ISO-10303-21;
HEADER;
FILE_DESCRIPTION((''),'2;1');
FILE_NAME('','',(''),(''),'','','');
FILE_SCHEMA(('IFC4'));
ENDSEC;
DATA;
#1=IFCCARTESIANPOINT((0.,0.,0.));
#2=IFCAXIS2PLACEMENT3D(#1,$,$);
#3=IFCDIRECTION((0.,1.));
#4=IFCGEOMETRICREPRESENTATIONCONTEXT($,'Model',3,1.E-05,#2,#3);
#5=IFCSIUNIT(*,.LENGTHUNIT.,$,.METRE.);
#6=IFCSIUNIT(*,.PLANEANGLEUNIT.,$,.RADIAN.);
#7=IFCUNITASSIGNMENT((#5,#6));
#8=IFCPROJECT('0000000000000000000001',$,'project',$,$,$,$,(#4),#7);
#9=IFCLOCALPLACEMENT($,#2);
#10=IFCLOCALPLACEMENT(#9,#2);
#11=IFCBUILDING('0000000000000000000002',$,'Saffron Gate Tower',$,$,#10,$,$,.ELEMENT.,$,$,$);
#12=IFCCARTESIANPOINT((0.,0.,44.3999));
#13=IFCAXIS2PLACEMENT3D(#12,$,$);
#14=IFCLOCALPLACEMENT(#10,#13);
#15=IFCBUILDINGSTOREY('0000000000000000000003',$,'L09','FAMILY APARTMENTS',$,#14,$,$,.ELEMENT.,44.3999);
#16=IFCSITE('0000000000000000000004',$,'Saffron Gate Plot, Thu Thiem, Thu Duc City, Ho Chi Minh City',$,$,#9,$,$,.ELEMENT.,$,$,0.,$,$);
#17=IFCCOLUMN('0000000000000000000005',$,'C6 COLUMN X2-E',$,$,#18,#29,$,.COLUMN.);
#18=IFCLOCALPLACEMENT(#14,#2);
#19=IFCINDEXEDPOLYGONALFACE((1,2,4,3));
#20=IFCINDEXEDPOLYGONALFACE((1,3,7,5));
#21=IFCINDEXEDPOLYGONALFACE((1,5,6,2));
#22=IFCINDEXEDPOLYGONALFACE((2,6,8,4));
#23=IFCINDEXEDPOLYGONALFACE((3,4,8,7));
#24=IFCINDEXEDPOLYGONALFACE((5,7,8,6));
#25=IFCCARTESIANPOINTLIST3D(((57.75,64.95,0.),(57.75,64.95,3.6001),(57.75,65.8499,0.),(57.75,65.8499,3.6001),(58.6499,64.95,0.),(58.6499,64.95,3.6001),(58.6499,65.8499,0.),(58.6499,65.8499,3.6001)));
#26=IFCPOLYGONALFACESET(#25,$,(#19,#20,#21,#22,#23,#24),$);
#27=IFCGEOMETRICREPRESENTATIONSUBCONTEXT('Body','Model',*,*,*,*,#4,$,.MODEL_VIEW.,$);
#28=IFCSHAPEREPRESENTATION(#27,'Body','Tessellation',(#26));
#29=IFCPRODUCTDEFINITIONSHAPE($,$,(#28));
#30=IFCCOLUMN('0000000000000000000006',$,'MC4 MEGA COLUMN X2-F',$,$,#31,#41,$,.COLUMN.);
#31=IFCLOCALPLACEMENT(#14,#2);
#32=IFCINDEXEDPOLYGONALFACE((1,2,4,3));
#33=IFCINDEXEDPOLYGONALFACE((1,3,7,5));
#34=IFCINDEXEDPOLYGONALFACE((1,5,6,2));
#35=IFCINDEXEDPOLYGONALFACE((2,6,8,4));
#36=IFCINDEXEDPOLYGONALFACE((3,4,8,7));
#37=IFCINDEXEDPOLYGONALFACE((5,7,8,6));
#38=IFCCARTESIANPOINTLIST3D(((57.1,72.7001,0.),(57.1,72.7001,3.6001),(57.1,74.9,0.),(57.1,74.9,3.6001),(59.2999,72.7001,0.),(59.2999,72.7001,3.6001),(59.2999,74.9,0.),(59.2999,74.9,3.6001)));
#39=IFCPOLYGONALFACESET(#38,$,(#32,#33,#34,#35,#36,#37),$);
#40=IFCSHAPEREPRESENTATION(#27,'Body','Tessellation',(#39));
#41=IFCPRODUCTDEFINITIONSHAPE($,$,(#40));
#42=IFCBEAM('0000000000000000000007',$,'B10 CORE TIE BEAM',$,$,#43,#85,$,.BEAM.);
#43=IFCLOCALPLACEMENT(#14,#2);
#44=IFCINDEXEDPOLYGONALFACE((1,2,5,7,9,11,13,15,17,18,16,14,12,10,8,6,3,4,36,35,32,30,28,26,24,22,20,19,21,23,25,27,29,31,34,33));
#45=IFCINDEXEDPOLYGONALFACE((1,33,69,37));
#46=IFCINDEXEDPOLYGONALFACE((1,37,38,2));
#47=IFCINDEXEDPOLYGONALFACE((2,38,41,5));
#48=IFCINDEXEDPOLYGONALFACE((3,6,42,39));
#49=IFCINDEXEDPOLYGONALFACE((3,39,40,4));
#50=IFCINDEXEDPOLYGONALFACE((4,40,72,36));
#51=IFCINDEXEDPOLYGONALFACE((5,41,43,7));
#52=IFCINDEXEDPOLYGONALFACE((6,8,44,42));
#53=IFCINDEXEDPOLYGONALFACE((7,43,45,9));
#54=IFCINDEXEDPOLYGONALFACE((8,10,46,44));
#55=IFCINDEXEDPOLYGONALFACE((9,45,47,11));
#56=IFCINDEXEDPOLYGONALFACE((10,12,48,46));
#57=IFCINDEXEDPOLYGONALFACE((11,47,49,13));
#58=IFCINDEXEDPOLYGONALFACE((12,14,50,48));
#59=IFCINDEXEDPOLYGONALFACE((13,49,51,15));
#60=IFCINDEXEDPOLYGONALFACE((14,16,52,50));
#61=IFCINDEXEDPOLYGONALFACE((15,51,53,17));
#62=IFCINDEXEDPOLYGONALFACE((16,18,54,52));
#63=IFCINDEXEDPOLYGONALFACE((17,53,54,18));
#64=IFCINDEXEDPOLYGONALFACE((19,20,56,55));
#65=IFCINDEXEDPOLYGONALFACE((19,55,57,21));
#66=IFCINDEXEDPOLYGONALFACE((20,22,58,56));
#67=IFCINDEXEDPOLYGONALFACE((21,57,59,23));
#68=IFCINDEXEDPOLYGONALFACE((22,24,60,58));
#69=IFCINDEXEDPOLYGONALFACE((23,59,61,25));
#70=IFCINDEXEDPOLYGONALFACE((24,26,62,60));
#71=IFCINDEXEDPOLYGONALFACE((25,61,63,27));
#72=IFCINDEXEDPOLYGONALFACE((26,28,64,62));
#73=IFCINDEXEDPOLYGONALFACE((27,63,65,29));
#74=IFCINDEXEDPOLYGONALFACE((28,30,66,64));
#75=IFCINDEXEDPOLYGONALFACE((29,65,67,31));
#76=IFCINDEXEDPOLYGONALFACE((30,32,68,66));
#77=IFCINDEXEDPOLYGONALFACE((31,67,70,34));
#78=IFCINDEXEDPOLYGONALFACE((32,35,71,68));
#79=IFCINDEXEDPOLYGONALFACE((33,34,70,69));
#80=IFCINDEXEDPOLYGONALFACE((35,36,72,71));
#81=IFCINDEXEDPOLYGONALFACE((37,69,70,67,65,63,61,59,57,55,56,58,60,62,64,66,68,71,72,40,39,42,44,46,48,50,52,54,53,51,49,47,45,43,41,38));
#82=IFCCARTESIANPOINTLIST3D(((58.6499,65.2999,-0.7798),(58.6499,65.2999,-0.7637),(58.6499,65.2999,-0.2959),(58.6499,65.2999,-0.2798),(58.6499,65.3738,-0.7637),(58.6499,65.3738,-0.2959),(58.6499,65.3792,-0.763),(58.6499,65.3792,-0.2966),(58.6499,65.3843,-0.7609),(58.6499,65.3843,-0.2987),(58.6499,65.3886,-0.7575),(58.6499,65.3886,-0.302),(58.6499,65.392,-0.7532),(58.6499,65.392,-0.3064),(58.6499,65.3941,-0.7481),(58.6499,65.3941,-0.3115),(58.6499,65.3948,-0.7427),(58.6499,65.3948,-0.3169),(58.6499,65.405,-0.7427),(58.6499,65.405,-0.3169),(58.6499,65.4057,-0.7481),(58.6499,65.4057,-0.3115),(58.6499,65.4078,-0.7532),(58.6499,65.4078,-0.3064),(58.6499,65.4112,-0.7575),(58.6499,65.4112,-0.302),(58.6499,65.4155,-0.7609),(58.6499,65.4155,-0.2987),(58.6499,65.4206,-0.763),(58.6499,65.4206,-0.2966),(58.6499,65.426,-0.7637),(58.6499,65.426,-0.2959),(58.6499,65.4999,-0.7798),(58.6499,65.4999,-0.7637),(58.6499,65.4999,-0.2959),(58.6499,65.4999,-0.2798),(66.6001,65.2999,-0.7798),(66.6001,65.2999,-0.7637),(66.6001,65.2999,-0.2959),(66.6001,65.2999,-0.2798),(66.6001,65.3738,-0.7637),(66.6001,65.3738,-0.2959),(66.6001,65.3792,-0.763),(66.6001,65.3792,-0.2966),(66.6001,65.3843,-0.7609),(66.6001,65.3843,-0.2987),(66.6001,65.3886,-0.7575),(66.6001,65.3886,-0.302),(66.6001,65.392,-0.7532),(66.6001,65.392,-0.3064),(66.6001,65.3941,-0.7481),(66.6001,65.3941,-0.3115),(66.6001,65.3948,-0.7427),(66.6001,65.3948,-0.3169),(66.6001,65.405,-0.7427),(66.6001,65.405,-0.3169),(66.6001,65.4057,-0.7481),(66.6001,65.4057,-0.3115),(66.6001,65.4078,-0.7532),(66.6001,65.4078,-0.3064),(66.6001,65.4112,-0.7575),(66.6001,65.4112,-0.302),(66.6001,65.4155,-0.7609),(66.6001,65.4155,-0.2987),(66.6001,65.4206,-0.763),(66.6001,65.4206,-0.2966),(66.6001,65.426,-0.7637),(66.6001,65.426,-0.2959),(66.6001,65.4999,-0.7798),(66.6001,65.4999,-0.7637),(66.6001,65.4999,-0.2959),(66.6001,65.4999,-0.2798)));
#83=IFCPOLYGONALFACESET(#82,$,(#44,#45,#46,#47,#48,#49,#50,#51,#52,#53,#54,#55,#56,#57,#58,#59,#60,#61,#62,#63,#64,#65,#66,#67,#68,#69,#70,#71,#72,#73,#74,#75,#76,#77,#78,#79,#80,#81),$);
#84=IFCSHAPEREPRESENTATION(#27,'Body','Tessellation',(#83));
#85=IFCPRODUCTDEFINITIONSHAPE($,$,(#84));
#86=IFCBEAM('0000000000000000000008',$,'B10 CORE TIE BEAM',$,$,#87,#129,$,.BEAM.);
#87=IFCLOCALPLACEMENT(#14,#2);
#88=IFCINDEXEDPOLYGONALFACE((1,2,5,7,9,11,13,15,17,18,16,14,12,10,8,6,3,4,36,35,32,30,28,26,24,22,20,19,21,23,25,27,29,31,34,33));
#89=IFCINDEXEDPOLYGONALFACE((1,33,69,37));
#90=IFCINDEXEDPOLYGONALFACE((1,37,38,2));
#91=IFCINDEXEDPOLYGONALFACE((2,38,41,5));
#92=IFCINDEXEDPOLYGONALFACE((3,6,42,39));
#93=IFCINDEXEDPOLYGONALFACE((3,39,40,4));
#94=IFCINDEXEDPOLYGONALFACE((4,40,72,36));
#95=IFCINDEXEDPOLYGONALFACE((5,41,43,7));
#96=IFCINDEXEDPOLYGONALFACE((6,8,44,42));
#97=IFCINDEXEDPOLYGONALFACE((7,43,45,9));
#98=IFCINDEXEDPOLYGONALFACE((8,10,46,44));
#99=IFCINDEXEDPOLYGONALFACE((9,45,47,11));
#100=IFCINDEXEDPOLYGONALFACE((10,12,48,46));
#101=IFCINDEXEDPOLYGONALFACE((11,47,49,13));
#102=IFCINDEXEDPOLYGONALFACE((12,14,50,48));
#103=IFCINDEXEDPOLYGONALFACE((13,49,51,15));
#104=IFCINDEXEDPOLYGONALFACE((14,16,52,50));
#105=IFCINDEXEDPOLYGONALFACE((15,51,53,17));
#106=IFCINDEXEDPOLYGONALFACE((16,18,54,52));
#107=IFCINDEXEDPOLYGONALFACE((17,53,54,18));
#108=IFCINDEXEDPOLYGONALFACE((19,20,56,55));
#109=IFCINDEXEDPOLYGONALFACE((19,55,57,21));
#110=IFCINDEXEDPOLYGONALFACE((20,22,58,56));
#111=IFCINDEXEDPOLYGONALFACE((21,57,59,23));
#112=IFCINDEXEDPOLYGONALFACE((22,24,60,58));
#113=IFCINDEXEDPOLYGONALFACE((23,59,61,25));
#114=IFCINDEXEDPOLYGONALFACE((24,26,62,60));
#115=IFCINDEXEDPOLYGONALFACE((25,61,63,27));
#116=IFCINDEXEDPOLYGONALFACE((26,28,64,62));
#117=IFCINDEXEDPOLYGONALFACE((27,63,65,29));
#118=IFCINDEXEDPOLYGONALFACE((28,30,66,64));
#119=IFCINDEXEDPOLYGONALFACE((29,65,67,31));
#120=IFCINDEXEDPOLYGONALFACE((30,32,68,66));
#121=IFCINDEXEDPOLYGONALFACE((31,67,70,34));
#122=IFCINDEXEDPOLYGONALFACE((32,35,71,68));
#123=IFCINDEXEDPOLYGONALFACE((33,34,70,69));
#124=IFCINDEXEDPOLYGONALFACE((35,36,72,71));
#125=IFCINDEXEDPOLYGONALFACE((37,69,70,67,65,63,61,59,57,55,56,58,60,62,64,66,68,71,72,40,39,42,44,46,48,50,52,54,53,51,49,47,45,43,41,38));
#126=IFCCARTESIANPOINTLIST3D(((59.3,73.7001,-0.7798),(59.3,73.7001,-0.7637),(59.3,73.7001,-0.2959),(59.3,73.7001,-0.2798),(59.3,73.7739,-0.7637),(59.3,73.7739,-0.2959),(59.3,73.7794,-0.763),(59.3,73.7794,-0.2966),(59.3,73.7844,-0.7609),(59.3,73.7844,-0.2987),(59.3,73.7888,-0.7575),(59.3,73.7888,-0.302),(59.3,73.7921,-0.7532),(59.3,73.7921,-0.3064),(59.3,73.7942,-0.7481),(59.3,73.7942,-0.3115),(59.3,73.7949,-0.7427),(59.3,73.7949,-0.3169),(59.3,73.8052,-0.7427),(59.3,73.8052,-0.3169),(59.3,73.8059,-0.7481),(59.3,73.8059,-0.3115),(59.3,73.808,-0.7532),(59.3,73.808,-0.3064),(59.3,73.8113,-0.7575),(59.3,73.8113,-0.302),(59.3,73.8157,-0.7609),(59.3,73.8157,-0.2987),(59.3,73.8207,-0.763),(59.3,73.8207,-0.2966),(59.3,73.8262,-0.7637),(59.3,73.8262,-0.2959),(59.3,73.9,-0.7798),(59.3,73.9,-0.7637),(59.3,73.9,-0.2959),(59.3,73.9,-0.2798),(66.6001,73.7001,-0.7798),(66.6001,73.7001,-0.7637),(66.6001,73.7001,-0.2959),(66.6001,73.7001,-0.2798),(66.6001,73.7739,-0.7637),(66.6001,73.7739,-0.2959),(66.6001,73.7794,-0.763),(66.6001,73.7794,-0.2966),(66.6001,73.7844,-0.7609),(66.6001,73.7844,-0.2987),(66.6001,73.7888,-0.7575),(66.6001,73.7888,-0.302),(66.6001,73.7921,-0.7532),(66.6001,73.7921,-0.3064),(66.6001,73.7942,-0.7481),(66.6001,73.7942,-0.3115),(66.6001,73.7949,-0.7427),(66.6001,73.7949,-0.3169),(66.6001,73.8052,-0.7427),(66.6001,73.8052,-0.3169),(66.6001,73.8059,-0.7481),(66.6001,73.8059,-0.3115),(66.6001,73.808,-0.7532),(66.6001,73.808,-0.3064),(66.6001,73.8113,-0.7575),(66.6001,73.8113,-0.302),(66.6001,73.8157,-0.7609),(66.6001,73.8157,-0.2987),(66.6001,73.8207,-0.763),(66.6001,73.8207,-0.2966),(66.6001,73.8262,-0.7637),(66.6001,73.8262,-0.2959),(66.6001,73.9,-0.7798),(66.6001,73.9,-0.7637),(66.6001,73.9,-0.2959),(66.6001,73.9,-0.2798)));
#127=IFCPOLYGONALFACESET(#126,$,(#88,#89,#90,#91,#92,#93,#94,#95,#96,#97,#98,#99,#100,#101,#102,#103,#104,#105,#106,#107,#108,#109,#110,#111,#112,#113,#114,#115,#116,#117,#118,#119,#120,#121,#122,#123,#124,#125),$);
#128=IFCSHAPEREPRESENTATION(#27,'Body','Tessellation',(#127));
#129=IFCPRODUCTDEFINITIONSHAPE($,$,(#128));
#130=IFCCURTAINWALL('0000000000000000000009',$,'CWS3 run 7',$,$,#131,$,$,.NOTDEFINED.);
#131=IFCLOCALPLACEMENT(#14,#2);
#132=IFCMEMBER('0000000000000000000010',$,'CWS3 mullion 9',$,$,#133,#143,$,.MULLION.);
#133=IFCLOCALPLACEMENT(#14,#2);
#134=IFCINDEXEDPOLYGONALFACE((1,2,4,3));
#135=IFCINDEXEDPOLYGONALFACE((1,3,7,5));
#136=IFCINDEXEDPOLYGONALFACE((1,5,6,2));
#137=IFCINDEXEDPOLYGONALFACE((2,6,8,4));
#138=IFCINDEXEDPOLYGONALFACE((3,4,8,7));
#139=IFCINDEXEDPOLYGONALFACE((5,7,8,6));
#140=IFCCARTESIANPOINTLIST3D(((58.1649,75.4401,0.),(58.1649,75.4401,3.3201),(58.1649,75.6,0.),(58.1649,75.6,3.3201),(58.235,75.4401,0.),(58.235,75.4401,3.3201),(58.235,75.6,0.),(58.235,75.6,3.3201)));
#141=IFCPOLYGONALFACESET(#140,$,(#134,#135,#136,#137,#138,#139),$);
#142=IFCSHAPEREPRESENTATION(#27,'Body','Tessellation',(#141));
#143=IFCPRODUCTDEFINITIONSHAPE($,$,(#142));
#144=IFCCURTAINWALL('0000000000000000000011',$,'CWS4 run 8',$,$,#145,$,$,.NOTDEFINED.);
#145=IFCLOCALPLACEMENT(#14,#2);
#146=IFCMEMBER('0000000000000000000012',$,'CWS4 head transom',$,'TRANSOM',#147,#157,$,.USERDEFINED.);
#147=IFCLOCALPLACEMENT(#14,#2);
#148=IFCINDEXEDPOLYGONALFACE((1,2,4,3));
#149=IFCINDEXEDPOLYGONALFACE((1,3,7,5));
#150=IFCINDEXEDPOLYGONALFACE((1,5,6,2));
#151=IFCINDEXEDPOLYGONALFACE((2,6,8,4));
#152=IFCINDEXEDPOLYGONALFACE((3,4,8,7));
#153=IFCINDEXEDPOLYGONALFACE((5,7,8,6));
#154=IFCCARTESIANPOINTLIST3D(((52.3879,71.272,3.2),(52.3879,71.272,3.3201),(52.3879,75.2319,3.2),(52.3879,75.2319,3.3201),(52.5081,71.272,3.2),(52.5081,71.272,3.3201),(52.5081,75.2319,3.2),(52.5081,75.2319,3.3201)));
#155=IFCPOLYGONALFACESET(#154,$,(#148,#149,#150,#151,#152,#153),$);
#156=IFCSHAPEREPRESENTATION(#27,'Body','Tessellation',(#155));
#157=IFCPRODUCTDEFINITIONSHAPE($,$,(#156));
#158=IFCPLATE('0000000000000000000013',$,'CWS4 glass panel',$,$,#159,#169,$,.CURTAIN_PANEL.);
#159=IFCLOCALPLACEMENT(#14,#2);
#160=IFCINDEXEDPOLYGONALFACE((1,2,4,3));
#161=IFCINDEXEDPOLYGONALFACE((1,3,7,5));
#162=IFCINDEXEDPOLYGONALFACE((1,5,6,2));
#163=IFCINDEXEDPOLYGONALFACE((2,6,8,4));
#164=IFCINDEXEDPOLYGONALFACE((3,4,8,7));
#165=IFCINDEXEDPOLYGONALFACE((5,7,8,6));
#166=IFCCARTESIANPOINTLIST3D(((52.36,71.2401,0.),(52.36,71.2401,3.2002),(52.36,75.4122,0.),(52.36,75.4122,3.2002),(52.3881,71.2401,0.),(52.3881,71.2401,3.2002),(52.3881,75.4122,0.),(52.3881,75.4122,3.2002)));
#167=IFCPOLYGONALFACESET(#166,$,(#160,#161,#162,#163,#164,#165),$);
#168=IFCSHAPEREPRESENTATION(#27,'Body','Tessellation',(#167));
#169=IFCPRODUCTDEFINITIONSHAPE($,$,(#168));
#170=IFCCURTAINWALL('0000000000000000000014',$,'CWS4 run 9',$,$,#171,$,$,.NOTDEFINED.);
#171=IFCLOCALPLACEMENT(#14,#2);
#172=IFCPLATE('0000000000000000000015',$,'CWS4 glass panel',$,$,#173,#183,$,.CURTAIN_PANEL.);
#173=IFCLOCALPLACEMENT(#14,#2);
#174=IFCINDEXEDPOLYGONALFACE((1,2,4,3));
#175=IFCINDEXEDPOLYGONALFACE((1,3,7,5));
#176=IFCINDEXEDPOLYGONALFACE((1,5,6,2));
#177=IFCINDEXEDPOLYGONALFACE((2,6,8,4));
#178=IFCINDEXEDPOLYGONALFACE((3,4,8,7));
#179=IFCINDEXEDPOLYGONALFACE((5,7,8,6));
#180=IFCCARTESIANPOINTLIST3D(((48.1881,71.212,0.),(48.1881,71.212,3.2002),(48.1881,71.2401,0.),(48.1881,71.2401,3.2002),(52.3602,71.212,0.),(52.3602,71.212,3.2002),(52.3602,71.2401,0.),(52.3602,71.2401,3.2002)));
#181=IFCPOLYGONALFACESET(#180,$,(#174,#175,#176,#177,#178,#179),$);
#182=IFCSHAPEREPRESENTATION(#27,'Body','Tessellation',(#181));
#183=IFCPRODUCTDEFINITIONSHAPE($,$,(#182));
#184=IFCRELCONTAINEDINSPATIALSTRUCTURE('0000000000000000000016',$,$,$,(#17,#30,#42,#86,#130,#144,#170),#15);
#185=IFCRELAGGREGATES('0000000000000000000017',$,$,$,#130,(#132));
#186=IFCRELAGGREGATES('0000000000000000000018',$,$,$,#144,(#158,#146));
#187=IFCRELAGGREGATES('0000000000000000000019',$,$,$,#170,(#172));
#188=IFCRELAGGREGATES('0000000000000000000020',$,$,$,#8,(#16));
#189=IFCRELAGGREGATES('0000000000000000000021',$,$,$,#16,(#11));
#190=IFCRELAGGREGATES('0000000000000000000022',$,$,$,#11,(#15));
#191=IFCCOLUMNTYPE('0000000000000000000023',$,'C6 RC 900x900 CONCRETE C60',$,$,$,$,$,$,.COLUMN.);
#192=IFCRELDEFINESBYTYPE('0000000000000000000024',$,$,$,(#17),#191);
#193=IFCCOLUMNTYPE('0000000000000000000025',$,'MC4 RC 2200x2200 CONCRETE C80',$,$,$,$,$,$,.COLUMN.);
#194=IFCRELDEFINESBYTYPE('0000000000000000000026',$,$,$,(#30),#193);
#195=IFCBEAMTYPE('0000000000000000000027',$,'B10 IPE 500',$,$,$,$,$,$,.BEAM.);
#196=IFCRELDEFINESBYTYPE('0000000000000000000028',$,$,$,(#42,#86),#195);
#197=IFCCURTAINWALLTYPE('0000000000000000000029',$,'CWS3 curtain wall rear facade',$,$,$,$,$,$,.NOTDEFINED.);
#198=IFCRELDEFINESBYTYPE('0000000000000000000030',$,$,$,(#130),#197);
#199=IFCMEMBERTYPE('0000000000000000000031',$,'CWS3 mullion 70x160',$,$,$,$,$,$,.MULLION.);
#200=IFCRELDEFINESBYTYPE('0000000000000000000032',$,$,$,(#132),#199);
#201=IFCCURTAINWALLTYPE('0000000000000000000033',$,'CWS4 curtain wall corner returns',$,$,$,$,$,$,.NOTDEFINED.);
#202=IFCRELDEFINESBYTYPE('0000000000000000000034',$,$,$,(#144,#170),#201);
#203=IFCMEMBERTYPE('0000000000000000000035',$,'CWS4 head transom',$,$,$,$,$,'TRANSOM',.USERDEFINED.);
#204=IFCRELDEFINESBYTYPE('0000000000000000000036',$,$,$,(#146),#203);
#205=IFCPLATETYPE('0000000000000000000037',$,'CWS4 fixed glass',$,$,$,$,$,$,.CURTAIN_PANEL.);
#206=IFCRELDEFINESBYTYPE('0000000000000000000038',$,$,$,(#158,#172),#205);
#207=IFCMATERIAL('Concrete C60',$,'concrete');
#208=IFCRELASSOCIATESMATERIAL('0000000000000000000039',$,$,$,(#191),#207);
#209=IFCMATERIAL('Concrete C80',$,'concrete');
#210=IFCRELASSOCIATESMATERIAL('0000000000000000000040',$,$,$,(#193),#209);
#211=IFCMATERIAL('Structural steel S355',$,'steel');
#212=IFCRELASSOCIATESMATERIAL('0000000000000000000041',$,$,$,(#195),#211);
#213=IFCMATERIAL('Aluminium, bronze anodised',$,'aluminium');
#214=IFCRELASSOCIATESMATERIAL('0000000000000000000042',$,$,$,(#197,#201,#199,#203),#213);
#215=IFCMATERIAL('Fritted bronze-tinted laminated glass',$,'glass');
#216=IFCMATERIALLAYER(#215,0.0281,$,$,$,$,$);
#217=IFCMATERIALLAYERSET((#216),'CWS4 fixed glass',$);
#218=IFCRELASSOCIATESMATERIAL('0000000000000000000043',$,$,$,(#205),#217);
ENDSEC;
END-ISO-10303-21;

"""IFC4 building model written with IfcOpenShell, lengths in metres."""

from ifc_helpers import new_model, si_unit, direction, frame, frame_2d, origin, origin_2d, place, context, subcontext, project, spatial, rectangle, i_section, extrude, material, layer, layer_set, material_profile, profile_set, type_object, element, aggregate, save


model = new_model("IFC4")

# Units and contexts
model_context = context("Model", 3, precision=1e-05, world=origin(), true_north=direction((0.0, 1.0)))
body_context = subcontext(model_context, "Body", "Model", "MODEL_VIEW")
ifc_project = project(units=[si_unit("LENGTHUNIT", "METRE"), si_unit("PLANEANGLEUNIT", "RADIAN")], contexts=[model_context])

# Site, building, storey
site_placement = place(None, origin())
site = spatial("IfcSite", under=ifc_project, at=site_placement, Name="Saffron Gate Plot, Thu Thiem, Thu Duc City, Ho Chi Minh City", CompositionType="ELEMENT", RefElevation=0.0)
building_placement = place(site_placement, origin())
building = spatial("IfcBuilding", under=site, at=building_placement, Name="Saffron Gate Tower", CompositionType="ELEMENT")
storey_placement = place(building_placement, frame((0.0, 0.0, 44.3999)))
storey = spatial("IfcBuildingStorey", under=building, at=storey_placement, Name="L09", Description="FAMILY APARTMENTS", CompositionType="ELEMENT", Elevation=44.3999)

# Columns
ifc_material_1 = material(Name="Concrete C60", Category="concrete")
ifc_material_profile_1 = material_profile(ifc_material_1, rectangle(XDim=0.8999, YDim=0.8999, at=origin_2d()))
ifc_profile_set_1 = profile_set([ifc_material_profile_1], Name="Concrete C60")
column_type_1 = type_object("IfcColumnType", Name="C6 RC 900x900 CONCRETE C60", PredefinedType="COLUMN", material=ifc_profile_set_1)
column_1_placement = place(storey_placement, frame((58.2, 65.3999, 0.0), z_axis=(0.0, 0.0, 1.0), x_axis=(1.0, 0.0, 0.0)))
element("IfcColumn", 1, at=column_1_placement, inside=storey, type_object=column_type_1, Name="C6 COLUMN X2-E", PredefinedType="COLUMN", context=body_context, shape_type="SweptSolid", body=[
    extrude(rectangle(XDim=0.8999, YDim=0.8999, at=origin_2d()), origin(), (0.0, 0.0, 1.0), 3.6001),
])
ifc_material_2 = material(Name="Concrete C80", Category="concrete")
ifc_material_profile_2 = material_profile(ifc_material_2, rectangle(XDim=2.2, YDim=2.2, at=origin_2d()))
ifc_profile_set_2 = profile_set([ifc_material_profile_2], Name="Concrete C80")
column_type_2 = type_object("IfcColumnType", Name="MC4 RC 2200x2200 CONCRETE C80", PredefinedType="COLUMN", material=ifc_profile_set_2)
column_2_placement = place(storey_placement, frame((58.2, 73.8, 0.0), z_axis=(0.0, 0.0, 1.0), x_axis=(1.0, 0.0, 0.0)))
element("IfcColumn", 2, at=column_2_placement, inside=storey, type_object=column_type_2, Name="MC4 MEGA COLUMN X2-F", PredefinedType="COLUMN", context=body_context, shape_type="SweptSolid", body=[
    extrude(rectangle(XDim=2.2, YDim=2.2, at=origin_2d()), origin(), (0.0, 0.0, 1.0), 3.6001),
])

# Beams
ifc_material_3 = material(Name="Structural steel S355", Category="steel")
ifc_material_profile_3 = material_profile(ifc_material_3, i_section(OverallWidth=0.2, OverallDepth=0.5, WebThickness=0.0103, FlangeThickness=0.0161, FilletRadius=0.021, at=origin_2d()))
ifc_profile_set_3 = profile_set([ifc_material_profile_3], Name="Structural steel S355")
beam_type = type_object("IfcBeamType", Name="B10 IPE 500", PredefinedType="BEAM", material=ifc_profile_set_3)
beam_1_placement = place(storey_placement, frame((58.6499, 65.3999, -0.5298), z_axis=(1.0, 0.0, 0.0), x_axis=(0.0, 1.0, 0.0)))
element("IfcBeam", 3, at=beam_1_placement, inside=storey, type_object=beam_type, Name="B10 CORE TIE BEAM", PredefinedType="BEAM", context=body_context, shape_type="SweptSolid", body=[
    extrude(i_section(OverallWidth=0.2, OverallDepth=0.5, WebThickness=0.0103, FlangeThickness=0.0161, FilletRadius=0.021, at=origin_2d()), origin(), (0.0, 0.0, 1.0), 7.9502),
])
beam_2_placement = place(storey_placement, frame((59.3, 73.8, -0.5298), z_axis=(1.0, 0.0, 0.0), x_axis=(0.0, 1.0, 0.0)))
element("IfcBeam", 4, at=beam_2_placement, inside=storey, type_object=beam_type, Name="B10 CORE TIE BEAM", PredefinedType="BEAM", context=body_context, shape_type="SweptSolid", body=[
    extrude(i_section(OverallWidth=0.2, OverallDepth=0.5, WebThickness=0.0103, FlangeThickness=0.0161, FilletRadius=0.021, at=origin_2d()), origin(), (0.0, 0.0, 1.0), 7.3),
])

# Curtain wall, member
ifc_material_4 = material(Name="Aluminium, bronze anodised", Category="aluminium")
curtain_wall_type_1 = type_object("IfcCurtainWallType", Name="CWS3 curtain wall rear facade", PredefinedType="NOTDEFINED", material=ifc_material_4)
curtain_wall_1_placement = place(storey_placement, origin())
curtain_wall_1 = element("IfcCurtainWall", 5, at=curtain_wall_1_placement, inside=storey, type_object=curtain_wall_type_1, Name="CWS3 run 7", PredefinedType="NOTDEFINED")
ifc_material_profile_4 = material_profile(ifc_material_4, rectangle(XDim=0.1599, YDim=0.0701, at=origin_2d()))
ifc_profile_set_4 = profile_set([ifc_material_profile_4], Name="Aluminium, bronze anodised")
member_type_1 = type_object("IfcMemberType", Name="CWS3 mullion 70x160", PredefinedType="MULLION", material=ifc_profile_set_4)
member_1_placement = place(storey_placement, frame((58.2, 75.52, 0.0), z_axis=(0.0, 0.0, 1.0), x_axis=(0.0, -1.0, 0.0)))
member_1 = element("IfcMember", 6, at=member_1_placement, type_object=member_type_1, Name="CWS3 mullion 9", PredefinedType="MULLION", context=body_context, shape_type="SweptSolid", body=[
    extrude(rectangle(XDim=0.1599, YDim=0.0701, at=origin_2d()), origin(), (0.0, 0.0, 1.0), 3.3201),
])
aggregate(curtain_wall_1, [member_1])

# Curtain wall, member, plate
curtain_wall_type_2 = type_object("IfcCurtainWallType", Name="CWS4 curtain wall corner returns", PredefinedType="NOTDEFINED", material=ifc_material_4)
curtain_wall_2_placement = place(storey_placement, origin())
curtain_wall_2 = element("IfcCurtainWall", 7, at=curtain_wall_2_placement, inside=storey, type_object=curtain_wall_type_2, Name="CWS4 run 8", PredefinedType="NOTDEFINED")
ifc_material_profile_5 = material_profile(ifc_material_4, rectangle(XDim=0.1201, YDim=0.1201, at=origin_2d()))
ifc_profile_set_5 = profile_set([ifc_material_profile_5], Name="Aluminium, bronze anodised")
member_type_2 = type_object("IfcMemberType", Name="CWS4 head transom", ElementType="TRANSOM", PredefinedType="USERDEFINED", material=ifc_profile_set_5)
member_2_placement = place(storey_placement, frame((52.448, 75.2319, 3.26), z_axis=(0.0, -1.0, 0.0), x_axis=(1.0, 0.0, 0.0)))
member_2 = element("IfcMember", 8, at=member_2_placement, type_object=member_type_2, Name="CWS4 head transom", ObjectType="TRANSOM", PredefinedType="USERDEFINED", context=body_context, shape_type="SweptSolid", body=[
    extrude(rectangle(XDim=0.1201, YDim=0.1201, at=origin_2d()), origin(), (0.0, 0.0, 1.0), 3.96),
])
ifc_material_5 = material(Name="Fritted bronze-tinted laminated glass", Category="glass")
ifc_layer_1 = layer(ifc_material_5, 0.0281)
ifc_layer_set_1 = layer_set([ifc_layer_1], Name="CWS4 fixed glass")
plate_type = type_object("IfcPlateType", Name="CWS4 fixed glass", PredefinedType="CURTAIN_PANEL", material=ifc_layer_set_1)
plate_1_placement = place(storey_placement, frame((52.374, 75.4121, 0.0), z_axis=(0.0, 0.0, 1.0), x_axis=(0.0, -1.0, 0.0)))
plate_1 = element("IfcPlate", 9, at=plate_1_placement, type_object=plate_type, Name="CWS4 glass panel", PredefinedType="CURTAIN_PANEL", context=body_context, shape_type="SweptSolid", body=[
    extrude(rectangle(XDim=4.1721, YDim=0.0281, at=frame_2d((2.0859, 0.0))), origin(), (0.0, 0.0, 1.0), 3.2002),
])
aggregate(curtain_wall_2, [plate_1, member_2])

# Curtain wall, plate
curtain_wall_3_placement = place(storey_placement, origin())
curtain_wall_3 = element("IfcCurtainWall", 10, at=curtain_wall_3_placement, inside=storey, type_object=curtain_wall_type_2, Name="CWS4 run 9", PredefinedType="NOTDEFINED")
plate_2_placement = place(storey_placement, frame((52.3601, 71.2261, 0.0), z_axis=(0.0, 0.0, 1.0), x_axis=(-1.0, 0.0, 0.0)))
plate_2 = element("IfcPlate", 11, at=plate_2_placement, type_object=plate_type, Name="CWS4 glass panel", PredefinedType="CURTAIN_PANEL", context=body_context, shape_type="SweptSolid", body=[
    extrude(rectangle(XDim=4.1721, YDim=0.0281, at=frame_2d((2.0859, 0.0))), origin(), (0.0, 0.0, 1.0), 3.2002),
])
aggregate(curtain_wall_3, [plate_2])

save(model, "model.ifc")
